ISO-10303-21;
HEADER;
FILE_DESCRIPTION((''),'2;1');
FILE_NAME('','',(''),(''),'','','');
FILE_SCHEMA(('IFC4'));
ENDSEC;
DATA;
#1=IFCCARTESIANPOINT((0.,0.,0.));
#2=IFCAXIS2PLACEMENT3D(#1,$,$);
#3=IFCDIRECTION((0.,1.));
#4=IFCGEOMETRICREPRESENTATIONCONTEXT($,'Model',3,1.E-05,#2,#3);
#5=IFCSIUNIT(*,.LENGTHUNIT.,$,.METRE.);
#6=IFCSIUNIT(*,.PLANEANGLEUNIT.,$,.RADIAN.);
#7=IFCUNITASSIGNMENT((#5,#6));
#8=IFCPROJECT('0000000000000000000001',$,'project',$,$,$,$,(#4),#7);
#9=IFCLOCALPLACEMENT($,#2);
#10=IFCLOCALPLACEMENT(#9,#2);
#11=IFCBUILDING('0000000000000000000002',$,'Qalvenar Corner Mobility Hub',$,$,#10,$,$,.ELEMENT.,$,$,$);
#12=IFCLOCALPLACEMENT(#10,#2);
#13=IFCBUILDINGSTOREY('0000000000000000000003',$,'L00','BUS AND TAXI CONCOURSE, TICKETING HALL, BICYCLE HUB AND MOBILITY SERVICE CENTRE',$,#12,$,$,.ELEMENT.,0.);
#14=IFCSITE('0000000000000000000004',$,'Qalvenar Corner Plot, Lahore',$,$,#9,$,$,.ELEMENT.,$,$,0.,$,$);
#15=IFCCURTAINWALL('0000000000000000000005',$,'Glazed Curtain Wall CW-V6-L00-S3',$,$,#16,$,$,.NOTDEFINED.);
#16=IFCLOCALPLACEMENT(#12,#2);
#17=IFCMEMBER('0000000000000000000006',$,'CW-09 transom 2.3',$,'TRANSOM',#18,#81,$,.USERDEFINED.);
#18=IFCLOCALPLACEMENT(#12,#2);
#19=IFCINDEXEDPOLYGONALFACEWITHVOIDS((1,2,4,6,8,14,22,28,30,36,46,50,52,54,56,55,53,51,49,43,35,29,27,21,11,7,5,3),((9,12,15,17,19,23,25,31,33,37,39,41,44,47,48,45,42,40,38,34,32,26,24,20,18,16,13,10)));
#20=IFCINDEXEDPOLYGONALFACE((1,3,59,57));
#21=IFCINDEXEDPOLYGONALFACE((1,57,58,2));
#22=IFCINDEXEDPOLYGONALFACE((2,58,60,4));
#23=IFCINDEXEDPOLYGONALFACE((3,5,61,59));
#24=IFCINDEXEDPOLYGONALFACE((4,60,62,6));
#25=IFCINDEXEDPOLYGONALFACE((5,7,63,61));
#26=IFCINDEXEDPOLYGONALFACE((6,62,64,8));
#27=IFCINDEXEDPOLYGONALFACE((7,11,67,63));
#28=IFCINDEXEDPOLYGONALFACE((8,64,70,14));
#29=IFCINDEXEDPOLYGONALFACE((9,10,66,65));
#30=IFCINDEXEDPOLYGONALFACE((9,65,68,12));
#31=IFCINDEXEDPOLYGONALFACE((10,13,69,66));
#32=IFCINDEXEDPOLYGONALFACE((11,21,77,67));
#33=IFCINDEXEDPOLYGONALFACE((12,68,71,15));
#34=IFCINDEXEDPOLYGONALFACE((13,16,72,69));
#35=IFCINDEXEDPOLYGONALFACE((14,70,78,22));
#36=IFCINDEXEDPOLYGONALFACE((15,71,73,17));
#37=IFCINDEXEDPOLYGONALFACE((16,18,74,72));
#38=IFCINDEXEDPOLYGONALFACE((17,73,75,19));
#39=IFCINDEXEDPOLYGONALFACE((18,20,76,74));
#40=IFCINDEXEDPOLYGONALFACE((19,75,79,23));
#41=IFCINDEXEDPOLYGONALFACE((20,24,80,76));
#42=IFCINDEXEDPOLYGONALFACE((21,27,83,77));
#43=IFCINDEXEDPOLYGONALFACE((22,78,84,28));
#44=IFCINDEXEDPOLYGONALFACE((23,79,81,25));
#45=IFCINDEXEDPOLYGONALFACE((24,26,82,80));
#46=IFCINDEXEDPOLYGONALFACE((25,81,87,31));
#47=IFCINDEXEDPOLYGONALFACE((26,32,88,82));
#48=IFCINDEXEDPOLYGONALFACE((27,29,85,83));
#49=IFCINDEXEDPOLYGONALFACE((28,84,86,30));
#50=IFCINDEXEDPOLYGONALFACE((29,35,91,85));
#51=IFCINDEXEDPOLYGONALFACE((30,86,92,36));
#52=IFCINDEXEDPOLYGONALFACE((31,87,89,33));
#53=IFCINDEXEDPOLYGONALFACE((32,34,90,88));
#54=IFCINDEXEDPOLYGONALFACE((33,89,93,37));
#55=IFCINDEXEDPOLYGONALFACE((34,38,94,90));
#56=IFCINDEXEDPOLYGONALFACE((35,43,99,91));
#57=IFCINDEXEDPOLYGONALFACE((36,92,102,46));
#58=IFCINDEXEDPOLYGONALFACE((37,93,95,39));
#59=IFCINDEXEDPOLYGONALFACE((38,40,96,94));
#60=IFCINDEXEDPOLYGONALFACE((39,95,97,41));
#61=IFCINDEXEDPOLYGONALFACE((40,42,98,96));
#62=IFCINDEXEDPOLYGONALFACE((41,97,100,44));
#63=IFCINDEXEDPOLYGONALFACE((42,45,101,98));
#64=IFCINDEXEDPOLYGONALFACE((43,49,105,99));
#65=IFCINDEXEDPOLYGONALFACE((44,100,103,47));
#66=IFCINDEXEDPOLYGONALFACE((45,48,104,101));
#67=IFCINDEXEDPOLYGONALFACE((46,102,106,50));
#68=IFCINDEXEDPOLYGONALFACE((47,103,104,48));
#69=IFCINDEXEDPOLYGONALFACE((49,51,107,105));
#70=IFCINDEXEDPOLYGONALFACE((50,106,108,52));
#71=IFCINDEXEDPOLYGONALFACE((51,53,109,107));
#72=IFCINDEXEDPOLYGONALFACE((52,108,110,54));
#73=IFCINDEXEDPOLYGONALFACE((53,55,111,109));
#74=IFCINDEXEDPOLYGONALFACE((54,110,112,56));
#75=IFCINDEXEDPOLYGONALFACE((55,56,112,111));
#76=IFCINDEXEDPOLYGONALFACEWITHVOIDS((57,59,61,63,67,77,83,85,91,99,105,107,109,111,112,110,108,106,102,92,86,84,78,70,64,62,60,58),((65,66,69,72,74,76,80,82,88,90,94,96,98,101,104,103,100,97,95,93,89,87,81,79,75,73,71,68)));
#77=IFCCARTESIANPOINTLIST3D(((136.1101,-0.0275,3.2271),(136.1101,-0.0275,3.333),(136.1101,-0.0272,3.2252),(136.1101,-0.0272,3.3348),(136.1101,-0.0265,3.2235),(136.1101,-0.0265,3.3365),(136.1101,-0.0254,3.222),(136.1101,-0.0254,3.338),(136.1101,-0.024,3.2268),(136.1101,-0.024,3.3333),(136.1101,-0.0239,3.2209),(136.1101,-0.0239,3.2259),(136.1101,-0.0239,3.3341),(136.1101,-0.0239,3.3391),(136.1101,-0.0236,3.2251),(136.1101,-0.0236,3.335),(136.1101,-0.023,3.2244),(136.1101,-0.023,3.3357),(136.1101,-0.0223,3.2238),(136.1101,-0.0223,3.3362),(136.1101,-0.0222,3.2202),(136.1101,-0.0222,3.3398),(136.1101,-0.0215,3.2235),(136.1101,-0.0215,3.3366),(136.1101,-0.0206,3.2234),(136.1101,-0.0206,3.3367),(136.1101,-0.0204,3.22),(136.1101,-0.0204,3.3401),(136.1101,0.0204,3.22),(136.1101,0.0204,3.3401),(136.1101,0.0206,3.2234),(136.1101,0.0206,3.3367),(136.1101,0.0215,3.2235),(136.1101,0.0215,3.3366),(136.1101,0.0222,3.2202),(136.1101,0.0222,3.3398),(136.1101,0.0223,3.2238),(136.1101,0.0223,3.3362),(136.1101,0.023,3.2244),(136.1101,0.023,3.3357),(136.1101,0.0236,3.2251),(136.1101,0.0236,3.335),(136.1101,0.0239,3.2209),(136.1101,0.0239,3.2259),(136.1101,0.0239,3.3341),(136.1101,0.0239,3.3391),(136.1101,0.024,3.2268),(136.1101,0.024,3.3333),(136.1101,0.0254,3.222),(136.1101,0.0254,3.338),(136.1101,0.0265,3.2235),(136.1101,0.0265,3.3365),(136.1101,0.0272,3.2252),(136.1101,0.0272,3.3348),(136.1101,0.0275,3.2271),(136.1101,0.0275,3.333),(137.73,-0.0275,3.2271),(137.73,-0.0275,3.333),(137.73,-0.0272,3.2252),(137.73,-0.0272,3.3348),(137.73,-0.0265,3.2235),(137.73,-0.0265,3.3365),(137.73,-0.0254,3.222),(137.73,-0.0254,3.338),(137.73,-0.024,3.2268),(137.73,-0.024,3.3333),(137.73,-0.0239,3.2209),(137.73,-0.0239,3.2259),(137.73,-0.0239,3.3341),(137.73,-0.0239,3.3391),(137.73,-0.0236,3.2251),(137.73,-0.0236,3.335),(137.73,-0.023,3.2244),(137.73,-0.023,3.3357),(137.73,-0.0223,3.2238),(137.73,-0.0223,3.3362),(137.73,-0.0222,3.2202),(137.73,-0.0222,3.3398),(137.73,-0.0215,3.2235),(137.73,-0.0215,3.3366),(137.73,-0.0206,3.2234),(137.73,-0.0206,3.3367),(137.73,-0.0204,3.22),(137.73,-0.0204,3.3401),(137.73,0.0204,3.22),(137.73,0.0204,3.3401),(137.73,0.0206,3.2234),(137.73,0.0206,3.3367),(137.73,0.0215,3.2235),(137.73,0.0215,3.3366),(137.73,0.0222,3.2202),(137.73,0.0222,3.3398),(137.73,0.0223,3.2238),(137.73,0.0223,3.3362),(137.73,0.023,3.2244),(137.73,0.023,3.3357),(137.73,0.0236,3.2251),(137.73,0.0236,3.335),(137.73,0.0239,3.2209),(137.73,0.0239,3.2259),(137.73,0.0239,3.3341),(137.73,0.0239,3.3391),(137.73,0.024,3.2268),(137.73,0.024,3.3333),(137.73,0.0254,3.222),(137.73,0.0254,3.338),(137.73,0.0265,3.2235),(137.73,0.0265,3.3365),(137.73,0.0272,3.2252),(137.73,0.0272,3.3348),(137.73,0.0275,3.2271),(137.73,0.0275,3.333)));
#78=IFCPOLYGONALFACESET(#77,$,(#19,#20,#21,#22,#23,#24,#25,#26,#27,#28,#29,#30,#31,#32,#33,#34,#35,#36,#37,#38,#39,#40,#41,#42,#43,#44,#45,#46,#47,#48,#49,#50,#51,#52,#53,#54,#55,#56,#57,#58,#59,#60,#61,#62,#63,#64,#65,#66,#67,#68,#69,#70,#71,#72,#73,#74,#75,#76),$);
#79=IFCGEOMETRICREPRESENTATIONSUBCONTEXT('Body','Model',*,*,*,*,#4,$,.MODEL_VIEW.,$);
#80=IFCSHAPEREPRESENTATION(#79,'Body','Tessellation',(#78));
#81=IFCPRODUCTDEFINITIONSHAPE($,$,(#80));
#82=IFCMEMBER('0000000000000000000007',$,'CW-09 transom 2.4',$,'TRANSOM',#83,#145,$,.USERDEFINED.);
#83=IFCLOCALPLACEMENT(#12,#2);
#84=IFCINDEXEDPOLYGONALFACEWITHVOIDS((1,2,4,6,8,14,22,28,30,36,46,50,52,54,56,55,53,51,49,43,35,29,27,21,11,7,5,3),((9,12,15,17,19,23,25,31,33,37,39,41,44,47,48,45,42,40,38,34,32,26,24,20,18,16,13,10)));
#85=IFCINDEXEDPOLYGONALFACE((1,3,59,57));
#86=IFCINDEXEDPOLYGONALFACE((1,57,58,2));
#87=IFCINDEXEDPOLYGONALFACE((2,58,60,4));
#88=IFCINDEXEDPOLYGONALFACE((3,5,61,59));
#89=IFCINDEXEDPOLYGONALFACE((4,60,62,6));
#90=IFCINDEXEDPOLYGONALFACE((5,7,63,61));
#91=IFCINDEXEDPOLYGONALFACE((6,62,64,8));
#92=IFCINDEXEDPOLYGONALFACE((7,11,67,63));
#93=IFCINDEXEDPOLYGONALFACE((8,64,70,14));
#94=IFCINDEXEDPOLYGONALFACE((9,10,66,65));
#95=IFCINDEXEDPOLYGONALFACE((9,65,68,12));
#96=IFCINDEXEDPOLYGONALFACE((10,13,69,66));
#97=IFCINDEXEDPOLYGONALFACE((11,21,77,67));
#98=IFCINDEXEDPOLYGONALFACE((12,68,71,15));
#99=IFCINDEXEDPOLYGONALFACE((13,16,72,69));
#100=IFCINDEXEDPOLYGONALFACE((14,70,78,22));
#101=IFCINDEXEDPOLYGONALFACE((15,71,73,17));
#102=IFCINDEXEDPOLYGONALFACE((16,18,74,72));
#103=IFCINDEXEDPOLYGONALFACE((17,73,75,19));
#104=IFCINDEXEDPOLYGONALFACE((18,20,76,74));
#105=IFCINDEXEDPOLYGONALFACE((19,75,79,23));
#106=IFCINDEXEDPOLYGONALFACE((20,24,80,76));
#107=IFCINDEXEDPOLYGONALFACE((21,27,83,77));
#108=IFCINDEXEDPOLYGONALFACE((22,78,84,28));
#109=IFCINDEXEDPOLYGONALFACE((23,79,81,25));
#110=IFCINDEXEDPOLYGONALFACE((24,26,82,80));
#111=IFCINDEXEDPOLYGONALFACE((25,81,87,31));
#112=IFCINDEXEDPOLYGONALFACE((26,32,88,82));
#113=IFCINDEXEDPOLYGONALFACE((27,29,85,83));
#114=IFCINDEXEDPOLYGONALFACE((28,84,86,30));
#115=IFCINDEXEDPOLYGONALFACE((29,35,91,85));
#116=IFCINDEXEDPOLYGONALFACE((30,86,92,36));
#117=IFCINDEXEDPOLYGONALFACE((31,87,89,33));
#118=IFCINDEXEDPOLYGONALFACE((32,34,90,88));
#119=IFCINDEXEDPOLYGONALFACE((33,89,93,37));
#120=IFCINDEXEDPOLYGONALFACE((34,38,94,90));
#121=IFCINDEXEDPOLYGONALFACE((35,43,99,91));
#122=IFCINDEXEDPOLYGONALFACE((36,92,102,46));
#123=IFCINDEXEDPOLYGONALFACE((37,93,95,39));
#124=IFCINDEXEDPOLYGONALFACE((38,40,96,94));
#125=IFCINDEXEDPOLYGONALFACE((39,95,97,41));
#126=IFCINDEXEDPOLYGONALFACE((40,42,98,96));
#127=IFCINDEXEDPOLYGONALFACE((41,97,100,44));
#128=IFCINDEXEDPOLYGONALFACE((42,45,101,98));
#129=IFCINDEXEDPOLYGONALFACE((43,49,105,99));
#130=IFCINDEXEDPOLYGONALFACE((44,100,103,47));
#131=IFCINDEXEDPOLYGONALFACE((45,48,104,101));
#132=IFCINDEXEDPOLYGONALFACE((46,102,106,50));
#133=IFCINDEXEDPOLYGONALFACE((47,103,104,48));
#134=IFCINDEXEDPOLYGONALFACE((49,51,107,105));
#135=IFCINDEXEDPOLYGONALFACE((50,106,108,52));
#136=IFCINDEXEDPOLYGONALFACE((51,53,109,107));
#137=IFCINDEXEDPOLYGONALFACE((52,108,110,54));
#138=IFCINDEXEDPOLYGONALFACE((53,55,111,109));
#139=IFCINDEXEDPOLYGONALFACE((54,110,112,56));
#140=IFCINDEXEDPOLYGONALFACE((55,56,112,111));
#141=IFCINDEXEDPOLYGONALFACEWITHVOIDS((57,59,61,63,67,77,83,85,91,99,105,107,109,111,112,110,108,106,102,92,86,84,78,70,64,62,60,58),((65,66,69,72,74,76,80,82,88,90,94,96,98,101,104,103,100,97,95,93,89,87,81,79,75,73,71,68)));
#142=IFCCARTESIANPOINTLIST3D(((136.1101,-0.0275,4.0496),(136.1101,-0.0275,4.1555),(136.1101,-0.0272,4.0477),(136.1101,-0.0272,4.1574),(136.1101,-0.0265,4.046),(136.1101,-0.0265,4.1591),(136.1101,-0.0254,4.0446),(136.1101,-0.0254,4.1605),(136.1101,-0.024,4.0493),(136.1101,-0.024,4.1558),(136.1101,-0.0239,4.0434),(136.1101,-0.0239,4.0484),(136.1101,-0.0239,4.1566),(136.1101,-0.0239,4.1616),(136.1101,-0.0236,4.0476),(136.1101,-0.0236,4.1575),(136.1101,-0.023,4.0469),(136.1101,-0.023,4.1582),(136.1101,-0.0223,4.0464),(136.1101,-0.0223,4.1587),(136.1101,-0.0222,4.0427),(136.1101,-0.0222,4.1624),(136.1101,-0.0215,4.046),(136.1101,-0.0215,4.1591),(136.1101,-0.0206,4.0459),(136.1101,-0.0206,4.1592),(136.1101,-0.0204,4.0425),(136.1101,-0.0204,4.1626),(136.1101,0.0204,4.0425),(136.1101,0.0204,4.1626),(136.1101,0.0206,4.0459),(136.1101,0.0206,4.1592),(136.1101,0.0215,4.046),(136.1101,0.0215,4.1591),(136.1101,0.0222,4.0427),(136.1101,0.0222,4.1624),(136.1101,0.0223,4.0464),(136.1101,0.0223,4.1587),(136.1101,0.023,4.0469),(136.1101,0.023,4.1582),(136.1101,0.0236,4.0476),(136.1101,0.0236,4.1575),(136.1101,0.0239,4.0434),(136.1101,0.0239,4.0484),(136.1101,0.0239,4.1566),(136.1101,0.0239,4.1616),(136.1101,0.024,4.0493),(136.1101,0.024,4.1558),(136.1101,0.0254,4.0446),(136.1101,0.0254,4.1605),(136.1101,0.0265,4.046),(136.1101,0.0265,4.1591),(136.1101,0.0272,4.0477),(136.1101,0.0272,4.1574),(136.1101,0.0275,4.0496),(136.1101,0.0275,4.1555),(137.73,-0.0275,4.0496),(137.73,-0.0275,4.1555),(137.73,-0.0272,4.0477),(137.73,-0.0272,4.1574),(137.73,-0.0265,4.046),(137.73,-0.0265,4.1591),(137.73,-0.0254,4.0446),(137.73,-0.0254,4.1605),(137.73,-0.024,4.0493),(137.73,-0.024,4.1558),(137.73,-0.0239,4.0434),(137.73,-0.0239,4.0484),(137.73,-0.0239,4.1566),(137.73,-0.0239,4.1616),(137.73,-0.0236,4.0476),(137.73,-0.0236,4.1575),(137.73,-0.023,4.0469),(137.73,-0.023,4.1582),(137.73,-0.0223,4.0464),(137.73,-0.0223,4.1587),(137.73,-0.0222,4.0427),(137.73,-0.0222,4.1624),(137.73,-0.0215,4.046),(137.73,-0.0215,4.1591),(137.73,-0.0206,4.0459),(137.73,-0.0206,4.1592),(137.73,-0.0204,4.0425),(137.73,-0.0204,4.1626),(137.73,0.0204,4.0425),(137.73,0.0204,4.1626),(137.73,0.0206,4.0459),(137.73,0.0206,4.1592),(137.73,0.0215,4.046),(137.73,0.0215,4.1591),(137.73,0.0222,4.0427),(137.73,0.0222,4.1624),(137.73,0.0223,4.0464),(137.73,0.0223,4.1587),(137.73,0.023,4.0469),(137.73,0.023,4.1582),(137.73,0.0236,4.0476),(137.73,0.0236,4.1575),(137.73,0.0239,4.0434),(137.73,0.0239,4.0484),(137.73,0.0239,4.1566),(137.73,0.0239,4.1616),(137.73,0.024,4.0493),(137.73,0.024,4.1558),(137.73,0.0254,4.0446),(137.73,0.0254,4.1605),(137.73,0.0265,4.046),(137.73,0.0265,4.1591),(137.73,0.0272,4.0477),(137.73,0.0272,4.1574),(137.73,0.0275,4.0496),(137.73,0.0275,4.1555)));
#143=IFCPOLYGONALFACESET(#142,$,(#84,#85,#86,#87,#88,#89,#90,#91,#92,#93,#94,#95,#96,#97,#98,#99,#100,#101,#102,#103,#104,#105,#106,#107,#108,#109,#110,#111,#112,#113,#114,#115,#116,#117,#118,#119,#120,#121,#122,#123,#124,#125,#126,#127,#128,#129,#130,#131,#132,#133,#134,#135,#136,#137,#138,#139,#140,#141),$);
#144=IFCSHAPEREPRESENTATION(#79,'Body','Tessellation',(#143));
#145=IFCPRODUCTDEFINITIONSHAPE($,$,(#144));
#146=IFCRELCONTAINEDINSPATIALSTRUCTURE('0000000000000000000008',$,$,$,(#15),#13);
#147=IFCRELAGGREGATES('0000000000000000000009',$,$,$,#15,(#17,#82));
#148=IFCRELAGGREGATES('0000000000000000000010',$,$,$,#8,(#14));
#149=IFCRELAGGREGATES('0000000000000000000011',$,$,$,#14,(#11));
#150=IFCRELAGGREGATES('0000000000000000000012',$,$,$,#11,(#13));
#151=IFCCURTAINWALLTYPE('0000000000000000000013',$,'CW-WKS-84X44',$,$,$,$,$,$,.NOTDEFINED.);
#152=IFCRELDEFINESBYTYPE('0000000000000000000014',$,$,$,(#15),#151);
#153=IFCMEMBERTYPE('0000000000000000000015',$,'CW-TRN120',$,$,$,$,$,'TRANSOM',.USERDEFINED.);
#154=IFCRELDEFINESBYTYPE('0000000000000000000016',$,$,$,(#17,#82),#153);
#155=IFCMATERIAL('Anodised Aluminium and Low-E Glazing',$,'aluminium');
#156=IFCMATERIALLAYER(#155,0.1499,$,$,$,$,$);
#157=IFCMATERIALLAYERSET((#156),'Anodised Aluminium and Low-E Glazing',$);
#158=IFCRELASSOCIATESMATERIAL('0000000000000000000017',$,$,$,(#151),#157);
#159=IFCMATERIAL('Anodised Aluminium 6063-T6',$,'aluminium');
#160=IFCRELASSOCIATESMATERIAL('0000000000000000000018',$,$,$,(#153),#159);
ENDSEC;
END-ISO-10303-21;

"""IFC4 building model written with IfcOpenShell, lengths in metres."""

from ifc_helpers import new_model, si_unit, direction, frame, origin, origin_2d, place, context, subcontext, project, spatial, hollow_rectangle, extrude, material, layer, layer_set, material_profile, profile_set, type_object, element, aggregate, save


model = new_model("IFC4")

# Units and contexts
model_context = context("Model", 3, precision=1e-05, world=origin(), true_north=direction((0.0, 1.0)))
body_context = subcontext(model_context, "Body", "Model", "MODEL_VIEW")
ifc_project = project(units=[si_unit("LENGTHUNIT", "METRE"), si_unit("PLANEANGLEUNIT", "RADIAN")], contexts=[model_context])

# Site, building, storey
site_placement = place(None, origin())
site = spatial("IfcSite", under=ifc_project, at=site_placement, Name="Qalvenar Corner Plot, Lahore", CompositionType="ELEMENT", RefElevation=0.0)
building_placement = place(site_placement, origin())
building = spatial("IfcBuilding", under=site, at=building_placement, Name="Qalvenar Corner Mobility Hub", CompositionType="ELEMENT")
storey_placement = place(building_placement, origin())
storey = spatial("IfcBuildingStorey", under=building, at=storey_placement, Name="L00", Description="BUS AND TAXI CONCOURSE, TICKETING HALL, BICYCLE HUB AND MOBILITY SERVICE CENTRE", CompositionType="ELEMENT", Elevation=0.0)

# Curtain wall, members
ifc_material_1 = material(Name="Anodised Aluminium and Low-E Glazing", Category="aluminium")
ifc_layer_1 = layer(ifc_material_1, 0.1499)
ifc_layer_set_1 = layer_set([ifc_layer_1], Name="Anodised Aluminium and Low-E Glazing")
curtain_wall_type = type_object("IfcCurtainWallType", Name="CW-WKS-84X44", PredefinedType="NOTDEFINED", material=ifc_layer_set_1)
curtain_wall_placement = place(storey_placement, origin())
curtain_wall = element("IfcCurtainWall", 1, at=curtain_wall_placement, inside=storey, type_object=curtain_wall_type, Name="Glazed Curtain Wall CW-V6-L00-S3", PredefinedType="NOTDEFINED")
ifc_material_2 = material(Name="Anodised Aluminium 6063-T6", Category="aluminium")
ifc_material_profile_1 = material_profile(ifc_material_2, hollow_rectangle(XDim=0.0549, YDim=0.1201, WallThickness=0.0034, InnerFilletRadius=0.0034, OuterFilletRadius=0.0071, at=origin_2d()), Name="RHS120x55x3.5")
ifc_profile_set_1 = profile_set([ifc_material_profile_1], Name="Anodised Aluminium 6063-T6")
member_type_1 = type_object("IfcMemberType", Name="CW-TRN120", ElementType="TRANSOM", PredefinedType="USERDEFINED", material=ifc_profile_set_1)
member_1_placement = place(storey_placement, frame((136.1101, 0.0, 3.28), z_axis=(1.0, 0.0, 0.0), x_axis=(0.0, 1.0, 0.0)))
member_1 = element("IfcMember", 2, at=member_1_placement, type_object=member_type_1, Name="CW-09 transom 2.3", ObjectType="TRANSOM", PredefinedType="USERDEFINED", context=body_context, shape_type="SweptSolid", body=[
    extrude(hollow_rectangle(XDim=0.0549, YDim=0.1201, WallThickness=0.0034, InnerFilletRadius=0.0034, OuterFilletRadius=0.0071, at=origin_2d()), origin(), (0.0, 0.0, 1.0), 1.6199),
])
member_2_placement = place(storey_placement, frame((136.1101, 0.0, 4.1025), z_axis=(1.0, 0.0, 0.0), x_axis=(0.0, 1.0, 0.0)))
member_2 = element("IfcMember", 3, at=member_2_placement, type_object=member_type_1, Name="CW-09 transom 2.4", ObjectType="TRANSOM", PredefinedType="USERDEFINED", context=body_context, shape_type="SweptSolid", body=[
    extrude(hollow_rectangle(XDim=0.0549, YDim=0.1201, WallThickness=0.0034, InnerFilletRadius=0.0034, OuterFilletRadius=0.0071, at=origin_2d()), origin(), (0.0, 0.0, 1.0), 1.6199),
])
aggregate(curtain_wall, [member_1, member_2])

save(model, "model.ifc")
